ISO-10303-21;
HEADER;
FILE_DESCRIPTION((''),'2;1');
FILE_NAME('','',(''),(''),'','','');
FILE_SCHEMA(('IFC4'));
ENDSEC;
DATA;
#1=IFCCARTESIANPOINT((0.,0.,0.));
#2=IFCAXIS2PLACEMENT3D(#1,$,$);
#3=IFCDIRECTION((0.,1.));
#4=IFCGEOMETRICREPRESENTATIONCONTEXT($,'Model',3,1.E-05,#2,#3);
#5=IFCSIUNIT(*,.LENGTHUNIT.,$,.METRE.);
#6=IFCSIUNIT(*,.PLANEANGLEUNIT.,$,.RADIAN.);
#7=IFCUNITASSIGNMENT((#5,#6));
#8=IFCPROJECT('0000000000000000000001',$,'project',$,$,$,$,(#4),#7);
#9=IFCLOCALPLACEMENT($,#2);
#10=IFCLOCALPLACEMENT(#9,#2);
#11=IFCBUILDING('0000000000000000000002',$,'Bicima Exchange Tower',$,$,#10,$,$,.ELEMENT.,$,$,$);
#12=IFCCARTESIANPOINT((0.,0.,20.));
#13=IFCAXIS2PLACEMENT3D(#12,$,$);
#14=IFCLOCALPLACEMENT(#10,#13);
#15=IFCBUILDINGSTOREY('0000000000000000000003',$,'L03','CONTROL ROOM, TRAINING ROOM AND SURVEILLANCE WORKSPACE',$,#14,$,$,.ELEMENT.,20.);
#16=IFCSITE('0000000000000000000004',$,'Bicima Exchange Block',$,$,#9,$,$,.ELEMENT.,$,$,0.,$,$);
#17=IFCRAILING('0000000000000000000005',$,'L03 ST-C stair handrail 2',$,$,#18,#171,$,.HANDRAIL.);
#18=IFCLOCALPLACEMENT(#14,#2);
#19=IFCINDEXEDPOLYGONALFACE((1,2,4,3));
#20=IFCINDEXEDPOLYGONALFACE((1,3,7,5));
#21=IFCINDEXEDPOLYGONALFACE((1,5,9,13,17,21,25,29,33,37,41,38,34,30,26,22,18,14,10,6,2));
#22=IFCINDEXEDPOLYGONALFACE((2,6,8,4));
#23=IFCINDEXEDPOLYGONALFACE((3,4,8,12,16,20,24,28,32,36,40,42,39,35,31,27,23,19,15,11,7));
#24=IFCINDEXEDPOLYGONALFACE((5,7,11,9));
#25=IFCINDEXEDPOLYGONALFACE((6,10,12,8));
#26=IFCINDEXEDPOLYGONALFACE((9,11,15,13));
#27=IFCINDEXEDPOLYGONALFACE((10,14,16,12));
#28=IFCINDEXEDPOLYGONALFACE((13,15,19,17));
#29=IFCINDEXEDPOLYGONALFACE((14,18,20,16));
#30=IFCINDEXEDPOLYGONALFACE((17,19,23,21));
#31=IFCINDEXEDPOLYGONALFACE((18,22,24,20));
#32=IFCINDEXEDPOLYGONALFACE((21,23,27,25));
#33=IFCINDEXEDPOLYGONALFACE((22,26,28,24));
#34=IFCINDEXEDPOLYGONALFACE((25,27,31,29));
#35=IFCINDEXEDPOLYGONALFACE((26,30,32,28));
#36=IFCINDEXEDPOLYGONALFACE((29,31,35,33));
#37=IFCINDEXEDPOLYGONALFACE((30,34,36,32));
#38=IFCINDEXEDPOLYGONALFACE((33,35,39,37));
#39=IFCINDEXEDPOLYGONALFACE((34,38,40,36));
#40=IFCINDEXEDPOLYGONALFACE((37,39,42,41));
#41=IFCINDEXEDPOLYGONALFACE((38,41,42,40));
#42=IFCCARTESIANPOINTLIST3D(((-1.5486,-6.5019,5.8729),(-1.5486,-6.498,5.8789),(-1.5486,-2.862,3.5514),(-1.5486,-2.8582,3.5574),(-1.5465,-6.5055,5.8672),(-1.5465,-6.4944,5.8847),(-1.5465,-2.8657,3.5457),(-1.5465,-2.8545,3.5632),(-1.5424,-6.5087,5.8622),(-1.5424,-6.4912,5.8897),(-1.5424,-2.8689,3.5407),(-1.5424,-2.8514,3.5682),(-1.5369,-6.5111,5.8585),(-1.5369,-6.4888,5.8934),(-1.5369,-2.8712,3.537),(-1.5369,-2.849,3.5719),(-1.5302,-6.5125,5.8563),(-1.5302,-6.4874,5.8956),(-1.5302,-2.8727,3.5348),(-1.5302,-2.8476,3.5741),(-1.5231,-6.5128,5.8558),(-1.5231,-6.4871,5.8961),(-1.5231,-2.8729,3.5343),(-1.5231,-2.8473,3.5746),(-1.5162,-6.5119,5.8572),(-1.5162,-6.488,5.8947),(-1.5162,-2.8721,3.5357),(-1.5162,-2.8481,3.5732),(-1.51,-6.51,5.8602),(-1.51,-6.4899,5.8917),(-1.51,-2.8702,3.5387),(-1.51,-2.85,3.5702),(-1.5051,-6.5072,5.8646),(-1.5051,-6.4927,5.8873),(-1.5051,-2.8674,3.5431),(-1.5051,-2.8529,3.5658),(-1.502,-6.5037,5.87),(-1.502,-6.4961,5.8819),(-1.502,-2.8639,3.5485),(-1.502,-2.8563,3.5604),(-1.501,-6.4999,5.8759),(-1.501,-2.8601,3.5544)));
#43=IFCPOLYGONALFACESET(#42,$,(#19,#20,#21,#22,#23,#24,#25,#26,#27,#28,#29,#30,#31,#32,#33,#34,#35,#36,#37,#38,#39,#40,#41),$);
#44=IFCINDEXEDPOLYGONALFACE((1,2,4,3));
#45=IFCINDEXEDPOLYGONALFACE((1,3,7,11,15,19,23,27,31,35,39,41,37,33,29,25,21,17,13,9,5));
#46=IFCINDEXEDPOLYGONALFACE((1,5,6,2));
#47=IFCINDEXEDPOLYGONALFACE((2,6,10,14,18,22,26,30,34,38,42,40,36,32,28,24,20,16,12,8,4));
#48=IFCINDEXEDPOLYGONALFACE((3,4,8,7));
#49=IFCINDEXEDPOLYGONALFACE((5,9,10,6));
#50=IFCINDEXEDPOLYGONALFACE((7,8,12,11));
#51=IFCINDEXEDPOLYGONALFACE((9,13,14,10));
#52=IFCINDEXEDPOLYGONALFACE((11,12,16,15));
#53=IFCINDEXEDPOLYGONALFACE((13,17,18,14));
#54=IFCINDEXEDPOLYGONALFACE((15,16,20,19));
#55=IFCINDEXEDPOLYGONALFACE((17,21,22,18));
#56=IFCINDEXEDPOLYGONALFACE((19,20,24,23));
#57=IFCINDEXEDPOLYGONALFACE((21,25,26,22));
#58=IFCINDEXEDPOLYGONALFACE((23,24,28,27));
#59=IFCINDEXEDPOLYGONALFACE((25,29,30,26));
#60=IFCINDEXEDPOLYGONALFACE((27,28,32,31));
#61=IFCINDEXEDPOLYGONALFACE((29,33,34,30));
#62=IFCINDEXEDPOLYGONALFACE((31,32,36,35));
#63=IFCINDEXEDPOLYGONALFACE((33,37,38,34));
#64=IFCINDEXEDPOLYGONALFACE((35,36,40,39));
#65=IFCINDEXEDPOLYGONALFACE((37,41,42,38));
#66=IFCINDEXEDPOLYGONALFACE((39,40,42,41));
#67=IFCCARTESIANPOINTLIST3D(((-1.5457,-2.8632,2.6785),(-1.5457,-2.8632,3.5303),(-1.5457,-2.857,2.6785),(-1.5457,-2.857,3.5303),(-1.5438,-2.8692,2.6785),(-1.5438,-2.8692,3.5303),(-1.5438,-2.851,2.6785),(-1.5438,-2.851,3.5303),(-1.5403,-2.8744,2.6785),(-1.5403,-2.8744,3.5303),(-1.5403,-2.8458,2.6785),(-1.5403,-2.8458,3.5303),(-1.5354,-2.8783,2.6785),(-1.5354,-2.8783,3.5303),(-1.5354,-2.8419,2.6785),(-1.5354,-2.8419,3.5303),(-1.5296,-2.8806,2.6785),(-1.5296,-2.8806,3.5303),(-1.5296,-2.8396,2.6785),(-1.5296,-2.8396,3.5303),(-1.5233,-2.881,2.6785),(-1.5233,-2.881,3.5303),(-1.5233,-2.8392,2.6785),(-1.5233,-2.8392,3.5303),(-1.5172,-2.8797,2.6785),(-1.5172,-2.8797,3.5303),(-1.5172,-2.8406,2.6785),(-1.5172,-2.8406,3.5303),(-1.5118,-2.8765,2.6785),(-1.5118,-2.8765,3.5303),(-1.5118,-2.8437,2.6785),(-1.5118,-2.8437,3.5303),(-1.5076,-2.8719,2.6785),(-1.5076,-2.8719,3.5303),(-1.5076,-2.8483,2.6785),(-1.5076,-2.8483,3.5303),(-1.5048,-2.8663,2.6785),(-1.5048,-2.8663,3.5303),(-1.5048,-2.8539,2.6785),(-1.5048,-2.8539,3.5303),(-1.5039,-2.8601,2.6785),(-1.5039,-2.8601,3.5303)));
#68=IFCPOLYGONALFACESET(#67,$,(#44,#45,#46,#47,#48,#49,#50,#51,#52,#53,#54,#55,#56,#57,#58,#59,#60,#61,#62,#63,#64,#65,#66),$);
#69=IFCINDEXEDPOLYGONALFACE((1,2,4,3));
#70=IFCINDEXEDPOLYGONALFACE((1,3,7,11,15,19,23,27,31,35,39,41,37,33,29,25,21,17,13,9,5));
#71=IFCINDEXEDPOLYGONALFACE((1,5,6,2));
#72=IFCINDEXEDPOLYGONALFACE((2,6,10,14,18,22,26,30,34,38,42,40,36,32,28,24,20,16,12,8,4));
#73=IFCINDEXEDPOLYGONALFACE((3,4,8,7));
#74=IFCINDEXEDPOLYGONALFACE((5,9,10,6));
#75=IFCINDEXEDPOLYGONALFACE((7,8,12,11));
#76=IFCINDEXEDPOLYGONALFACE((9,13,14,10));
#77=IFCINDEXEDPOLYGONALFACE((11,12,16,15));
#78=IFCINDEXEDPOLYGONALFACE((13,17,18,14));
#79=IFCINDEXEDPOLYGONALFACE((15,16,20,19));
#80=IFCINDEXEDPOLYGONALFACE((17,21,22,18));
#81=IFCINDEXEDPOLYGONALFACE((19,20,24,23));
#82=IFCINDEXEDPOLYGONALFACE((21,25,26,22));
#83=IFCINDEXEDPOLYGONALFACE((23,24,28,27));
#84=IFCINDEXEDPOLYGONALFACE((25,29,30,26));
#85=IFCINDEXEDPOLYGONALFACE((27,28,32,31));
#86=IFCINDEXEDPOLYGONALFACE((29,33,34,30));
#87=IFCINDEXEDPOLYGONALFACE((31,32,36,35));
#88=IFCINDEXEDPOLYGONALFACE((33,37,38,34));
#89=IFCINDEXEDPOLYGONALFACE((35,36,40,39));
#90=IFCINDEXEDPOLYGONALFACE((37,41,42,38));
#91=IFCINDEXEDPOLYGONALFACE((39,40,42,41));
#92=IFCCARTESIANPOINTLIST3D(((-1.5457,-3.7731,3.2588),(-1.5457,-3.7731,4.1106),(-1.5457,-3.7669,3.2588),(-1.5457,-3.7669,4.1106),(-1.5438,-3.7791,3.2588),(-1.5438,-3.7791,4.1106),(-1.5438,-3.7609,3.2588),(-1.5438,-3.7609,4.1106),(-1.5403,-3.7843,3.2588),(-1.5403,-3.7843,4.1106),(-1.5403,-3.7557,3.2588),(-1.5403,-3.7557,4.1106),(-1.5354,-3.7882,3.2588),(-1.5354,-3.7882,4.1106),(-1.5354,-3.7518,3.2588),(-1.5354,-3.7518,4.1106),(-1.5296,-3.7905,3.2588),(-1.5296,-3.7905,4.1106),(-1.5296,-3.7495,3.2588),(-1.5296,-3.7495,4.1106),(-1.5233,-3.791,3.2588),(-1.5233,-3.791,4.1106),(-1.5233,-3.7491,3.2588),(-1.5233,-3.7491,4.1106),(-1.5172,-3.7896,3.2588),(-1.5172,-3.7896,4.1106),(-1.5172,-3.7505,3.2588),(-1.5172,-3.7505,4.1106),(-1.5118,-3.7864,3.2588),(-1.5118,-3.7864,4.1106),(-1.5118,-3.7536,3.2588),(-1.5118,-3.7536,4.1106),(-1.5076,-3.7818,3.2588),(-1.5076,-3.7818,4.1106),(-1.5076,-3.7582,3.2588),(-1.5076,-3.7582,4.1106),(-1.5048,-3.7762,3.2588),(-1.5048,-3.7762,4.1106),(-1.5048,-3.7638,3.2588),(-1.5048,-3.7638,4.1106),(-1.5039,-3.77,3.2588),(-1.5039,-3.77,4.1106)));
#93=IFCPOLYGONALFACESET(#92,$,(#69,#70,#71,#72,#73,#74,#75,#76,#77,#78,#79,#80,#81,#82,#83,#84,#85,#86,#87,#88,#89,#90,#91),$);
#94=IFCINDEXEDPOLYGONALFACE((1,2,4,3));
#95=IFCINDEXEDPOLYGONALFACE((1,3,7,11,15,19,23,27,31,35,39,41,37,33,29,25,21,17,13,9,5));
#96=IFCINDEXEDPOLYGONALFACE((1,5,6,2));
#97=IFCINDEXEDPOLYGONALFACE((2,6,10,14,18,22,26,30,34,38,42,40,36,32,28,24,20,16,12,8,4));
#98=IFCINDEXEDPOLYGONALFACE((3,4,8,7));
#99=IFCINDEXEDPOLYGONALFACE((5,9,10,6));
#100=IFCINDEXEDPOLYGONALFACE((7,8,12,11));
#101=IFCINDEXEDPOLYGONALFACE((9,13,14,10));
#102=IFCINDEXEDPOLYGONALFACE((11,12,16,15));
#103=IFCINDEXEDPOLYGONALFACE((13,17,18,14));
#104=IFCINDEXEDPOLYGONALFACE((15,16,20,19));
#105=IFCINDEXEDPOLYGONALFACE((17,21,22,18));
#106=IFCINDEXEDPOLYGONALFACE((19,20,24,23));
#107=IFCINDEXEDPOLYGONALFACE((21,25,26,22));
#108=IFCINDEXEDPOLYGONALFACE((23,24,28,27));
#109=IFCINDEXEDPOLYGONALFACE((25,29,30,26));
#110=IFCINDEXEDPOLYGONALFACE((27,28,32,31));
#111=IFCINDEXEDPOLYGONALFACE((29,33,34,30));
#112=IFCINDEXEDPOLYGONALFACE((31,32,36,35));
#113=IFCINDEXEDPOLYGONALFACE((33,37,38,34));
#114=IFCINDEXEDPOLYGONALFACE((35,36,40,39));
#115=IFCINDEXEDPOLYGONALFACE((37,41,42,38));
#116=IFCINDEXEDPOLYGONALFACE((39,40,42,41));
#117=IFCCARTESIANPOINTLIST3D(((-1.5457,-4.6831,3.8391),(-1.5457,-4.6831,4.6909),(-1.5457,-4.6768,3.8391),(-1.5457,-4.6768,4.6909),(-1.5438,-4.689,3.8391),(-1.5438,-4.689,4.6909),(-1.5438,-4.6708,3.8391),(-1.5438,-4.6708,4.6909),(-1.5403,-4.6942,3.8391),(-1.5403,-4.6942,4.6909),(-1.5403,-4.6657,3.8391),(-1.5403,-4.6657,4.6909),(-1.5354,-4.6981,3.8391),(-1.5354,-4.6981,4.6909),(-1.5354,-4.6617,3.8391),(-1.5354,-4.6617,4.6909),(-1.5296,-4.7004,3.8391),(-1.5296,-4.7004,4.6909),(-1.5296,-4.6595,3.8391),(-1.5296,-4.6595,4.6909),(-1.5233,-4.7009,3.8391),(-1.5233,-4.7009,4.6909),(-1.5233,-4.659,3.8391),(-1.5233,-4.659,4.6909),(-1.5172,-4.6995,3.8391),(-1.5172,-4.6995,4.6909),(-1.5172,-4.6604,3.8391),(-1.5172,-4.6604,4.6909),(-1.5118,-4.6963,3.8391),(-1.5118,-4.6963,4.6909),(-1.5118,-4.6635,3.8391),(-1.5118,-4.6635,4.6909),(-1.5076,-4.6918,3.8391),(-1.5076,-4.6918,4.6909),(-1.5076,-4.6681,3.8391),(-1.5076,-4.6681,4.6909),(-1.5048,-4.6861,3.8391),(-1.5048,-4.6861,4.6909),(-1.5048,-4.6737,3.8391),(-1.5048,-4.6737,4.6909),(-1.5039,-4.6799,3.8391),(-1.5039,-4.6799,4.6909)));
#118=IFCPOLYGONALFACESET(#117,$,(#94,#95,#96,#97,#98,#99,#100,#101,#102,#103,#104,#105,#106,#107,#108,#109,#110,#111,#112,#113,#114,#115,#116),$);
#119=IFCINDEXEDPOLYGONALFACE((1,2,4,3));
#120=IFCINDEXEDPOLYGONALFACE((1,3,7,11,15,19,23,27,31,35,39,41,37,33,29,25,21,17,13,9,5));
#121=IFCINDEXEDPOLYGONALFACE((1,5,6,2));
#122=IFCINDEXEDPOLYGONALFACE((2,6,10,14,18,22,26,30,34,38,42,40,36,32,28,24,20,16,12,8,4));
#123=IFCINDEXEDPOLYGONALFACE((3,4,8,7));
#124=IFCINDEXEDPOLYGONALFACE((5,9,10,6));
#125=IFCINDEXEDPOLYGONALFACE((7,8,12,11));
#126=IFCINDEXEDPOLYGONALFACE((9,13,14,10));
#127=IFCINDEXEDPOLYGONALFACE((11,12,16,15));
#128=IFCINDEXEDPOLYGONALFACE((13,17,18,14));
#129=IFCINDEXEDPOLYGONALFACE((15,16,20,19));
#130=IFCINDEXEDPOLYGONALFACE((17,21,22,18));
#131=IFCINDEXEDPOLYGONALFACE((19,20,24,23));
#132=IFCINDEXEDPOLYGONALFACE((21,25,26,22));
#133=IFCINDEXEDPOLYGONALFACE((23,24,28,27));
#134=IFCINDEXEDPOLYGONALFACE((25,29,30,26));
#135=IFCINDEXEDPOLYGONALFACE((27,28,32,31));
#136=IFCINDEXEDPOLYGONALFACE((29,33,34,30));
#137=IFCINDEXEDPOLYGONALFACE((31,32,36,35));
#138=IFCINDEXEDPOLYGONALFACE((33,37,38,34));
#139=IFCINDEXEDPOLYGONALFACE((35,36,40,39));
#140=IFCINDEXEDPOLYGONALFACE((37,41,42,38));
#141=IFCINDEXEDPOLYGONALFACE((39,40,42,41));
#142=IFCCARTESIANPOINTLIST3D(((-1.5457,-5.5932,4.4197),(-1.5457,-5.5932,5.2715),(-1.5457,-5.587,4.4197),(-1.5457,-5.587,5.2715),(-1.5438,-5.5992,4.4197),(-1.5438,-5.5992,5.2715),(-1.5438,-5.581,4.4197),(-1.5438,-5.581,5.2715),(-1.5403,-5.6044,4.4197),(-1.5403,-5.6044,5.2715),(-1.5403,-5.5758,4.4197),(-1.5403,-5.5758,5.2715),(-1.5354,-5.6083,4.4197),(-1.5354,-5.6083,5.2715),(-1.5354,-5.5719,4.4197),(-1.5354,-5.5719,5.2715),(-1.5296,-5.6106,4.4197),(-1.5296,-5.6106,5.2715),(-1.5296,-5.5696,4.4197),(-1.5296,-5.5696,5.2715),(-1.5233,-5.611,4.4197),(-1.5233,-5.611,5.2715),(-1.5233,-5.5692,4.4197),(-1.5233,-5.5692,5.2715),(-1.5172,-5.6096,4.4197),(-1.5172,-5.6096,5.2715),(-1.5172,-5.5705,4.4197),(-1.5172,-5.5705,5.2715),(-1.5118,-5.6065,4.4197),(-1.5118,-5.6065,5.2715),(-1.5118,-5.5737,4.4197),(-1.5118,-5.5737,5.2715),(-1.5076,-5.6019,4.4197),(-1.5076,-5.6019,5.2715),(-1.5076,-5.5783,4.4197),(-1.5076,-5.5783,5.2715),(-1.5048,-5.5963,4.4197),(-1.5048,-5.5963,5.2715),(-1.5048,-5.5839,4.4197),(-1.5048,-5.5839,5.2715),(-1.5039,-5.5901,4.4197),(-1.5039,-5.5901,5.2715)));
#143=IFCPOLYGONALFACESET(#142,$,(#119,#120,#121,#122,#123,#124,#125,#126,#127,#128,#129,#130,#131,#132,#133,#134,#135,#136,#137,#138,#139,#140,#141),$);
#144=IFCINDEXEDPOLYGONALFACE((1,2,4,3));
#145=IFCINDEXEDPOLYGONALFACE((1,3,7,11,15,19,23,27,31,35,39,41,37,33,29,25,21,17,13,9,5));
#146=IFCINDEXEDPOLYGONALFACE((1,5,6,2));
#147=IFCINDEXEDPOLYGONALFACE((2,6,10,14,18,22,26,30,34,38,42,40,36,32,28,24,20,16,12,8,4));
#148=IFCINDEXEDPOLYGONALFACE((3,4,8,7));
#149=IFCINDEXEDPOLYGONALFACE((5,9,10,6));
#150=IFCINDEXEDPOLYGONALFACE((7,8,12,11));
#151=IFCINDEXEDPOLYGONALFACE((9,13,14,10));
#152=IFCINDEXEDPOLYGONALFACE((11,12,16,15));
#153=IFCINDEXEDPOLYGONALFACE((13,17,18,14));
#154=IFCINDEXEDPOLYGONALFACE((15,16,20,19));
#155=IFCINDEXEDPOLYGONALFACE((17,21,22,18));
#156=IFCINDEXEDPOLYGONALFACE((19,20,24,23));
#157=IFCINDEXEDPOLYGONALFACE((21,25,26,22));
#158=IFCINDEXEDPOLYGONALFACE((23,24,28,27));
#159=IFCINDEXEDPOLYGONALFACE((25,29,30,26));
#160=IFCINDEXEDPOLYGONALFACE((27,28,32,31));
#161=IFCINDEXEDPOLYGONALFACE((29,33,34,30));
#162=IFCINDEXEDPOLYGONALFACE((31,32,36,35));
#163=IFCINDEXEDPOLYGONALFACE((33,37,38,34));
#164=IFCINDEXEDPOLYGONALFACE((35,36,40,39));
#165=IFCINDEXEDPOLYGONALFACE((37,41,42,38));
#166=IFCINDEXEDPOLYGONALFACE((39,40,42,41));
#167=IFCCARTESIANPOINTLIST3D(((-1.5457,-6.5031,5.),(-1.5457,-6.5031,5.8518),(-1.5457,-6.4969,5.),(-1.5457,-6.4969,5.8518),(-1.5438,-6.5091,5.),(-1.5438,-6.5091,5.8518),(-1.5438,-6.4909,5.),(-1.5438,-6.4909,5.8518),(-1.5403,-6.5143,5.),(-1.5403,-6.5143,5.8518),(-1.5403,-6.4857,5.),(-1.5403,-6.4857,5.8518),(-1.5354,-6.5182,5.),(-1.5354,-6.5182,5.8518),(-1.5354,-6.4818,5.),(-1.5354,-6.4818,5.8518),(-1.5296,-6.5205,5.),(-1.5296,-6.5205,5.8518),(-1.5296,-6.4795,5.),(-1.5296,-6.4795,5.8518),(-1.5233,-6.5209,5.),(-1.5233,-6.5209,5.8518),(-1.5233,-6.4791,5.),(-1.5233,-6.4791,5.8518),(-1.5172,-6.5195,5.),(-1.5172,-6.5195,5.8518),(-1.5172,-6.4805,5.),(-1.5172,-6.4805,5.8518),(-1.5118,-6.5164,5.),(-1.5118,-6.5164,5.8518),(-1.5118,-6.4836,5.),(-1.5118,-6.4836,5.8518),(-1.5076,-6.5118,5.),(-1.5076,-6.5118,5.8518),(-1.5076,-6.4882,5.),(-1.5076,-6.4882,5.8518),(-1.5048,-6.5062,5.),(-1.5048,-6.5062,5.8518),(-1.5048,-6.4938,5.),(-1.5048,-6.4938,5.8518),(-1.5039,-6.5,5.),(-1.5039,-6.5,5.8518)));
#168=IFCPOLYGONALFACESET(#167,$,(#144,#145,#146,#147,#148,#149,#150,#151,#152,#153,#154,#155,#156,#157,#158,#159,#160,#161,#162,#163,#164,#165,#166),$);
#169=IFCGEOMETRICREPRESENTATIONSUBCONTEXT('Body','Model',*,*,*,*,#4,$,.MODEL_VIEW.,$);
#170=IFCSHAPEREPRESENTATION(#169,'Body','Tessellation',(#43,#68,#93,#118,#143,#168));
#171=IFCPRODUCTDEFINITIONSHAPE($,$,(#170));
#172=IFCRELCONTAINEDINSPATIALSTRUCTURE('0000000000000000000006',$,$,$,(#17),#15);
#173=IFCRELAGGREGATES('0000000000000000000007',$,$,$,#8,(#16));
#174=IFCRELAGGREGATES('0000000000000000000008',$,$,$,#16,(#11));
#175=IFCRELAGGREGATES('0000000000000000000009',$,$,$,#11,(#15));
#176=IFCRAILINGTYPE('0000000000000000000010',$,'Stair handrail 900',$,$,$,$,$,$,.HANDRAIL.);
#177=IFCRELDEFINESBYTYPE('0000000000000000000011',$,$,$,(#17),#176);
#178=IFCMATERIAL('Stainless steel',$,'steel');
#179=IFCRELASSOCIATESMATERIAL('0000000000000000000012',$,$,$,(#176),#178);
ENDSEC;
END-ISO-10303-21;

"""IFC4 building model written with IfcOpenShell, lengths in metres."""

from ifc_helpers import new_model, si_unit, direction, frame, origin, origin_2d, place, context, subcontext, project, spatial, circle, extrude, material, type_object, element, save


model = new_model("IFC4")

# Units and contexts
model_context = context("Model", 3, precision=1e-05, world=origin(), true_north=direction((0.0, 1.0)))
body_context = subcontext(model_context, "Body", "Model", "MODEL_VIEW")
ifc_project = project(units=[si_unit("LENGTHUNIT", "METRE"), si_unit("PLANEANGLEUNIT", "RADIAN")], contexts=[model_context])

# Site, building, storey
site_placement = place(None, origin())
site = spatial("IfcSite", under=ifc_project, at=site_placement, Name="Bicima Exchange Block", CompositionType="ELEMENT", RefElevation=0.0)
building_placement = place(site_placement, origin())
building = spatial("IfcBuilding", under=site, at=building_placement, Name="Bicima Exchange Tower", CompositionType="ELEMENT")
storey_placement = place(building_placement, frame((0.0, 0.0, 20.0)))
storey = spatial("IfcBuildingStorey", under=building, at=storey_placement, Name="L03", Description="CONTROL ROOM, TRAINING ROOM AND SURVEILLANCE WORKSPACE", CompositionType="ELEMENT", Elevation=20.0)

# Shared definitions
ifc_material_1 = material(Name="Stainless steel", Category="steel")

# Railing
railing_type = type_object("IfcRailingType", Name="Stair handrail 900", PredefinedType="HANDRAIL", material=ifc_material_1)
railing_1_placement = place(storey_placement, frame((-1.5249, -2.8601, 2.6785)))
element("IfcRailing", 1, at=railing_1_placement, inside=storey, type_object=railing_type, Name="L03 ST-C stair handrail 2", PredefinedType="HANDRAIL", context=body_context, shape_type="SweptSolid", body=[
    extrude(circle(Radius=0.0239, at=origin_2d()), frame((0.0, 0.0, 0.876), z_axis=(0.0, -0.843112, 0.537739), x_axis=(1.0, 0.0, 0.0)), (0.0, 0.0, 1.0), 4.3171),
    extrude(circle(Radius=0.021, at=origin_2d()), origin(), (0.0, 0.0, 1.0), 0.8518),
    extrude(circle(Radius=0.021, at=origin_2d()), frame((0.0, -0.9099, 0.5803)), (0.0, 0.0, 1.0), 0.8518),
    extrude(circle(Radius=0.021, at=origin_2d()), frame((0.0, -1.8198, 1.1606)), (0.0, 0.0, 1.0), 0.8518),
    extrude(circle(Radius=0.021, at=origin_2d()), frame((0.0, -2.73, 1.7412)), (0.0, 0.0, 1.0), 0.8518),
    extrude(circle(Radius=0.021, at=origin_2d()), frame((0.0, -3.6399, 2.3215)), (0.0, 0.0, 1.0), 0.8518),
])

save(model, "model.ifc")
